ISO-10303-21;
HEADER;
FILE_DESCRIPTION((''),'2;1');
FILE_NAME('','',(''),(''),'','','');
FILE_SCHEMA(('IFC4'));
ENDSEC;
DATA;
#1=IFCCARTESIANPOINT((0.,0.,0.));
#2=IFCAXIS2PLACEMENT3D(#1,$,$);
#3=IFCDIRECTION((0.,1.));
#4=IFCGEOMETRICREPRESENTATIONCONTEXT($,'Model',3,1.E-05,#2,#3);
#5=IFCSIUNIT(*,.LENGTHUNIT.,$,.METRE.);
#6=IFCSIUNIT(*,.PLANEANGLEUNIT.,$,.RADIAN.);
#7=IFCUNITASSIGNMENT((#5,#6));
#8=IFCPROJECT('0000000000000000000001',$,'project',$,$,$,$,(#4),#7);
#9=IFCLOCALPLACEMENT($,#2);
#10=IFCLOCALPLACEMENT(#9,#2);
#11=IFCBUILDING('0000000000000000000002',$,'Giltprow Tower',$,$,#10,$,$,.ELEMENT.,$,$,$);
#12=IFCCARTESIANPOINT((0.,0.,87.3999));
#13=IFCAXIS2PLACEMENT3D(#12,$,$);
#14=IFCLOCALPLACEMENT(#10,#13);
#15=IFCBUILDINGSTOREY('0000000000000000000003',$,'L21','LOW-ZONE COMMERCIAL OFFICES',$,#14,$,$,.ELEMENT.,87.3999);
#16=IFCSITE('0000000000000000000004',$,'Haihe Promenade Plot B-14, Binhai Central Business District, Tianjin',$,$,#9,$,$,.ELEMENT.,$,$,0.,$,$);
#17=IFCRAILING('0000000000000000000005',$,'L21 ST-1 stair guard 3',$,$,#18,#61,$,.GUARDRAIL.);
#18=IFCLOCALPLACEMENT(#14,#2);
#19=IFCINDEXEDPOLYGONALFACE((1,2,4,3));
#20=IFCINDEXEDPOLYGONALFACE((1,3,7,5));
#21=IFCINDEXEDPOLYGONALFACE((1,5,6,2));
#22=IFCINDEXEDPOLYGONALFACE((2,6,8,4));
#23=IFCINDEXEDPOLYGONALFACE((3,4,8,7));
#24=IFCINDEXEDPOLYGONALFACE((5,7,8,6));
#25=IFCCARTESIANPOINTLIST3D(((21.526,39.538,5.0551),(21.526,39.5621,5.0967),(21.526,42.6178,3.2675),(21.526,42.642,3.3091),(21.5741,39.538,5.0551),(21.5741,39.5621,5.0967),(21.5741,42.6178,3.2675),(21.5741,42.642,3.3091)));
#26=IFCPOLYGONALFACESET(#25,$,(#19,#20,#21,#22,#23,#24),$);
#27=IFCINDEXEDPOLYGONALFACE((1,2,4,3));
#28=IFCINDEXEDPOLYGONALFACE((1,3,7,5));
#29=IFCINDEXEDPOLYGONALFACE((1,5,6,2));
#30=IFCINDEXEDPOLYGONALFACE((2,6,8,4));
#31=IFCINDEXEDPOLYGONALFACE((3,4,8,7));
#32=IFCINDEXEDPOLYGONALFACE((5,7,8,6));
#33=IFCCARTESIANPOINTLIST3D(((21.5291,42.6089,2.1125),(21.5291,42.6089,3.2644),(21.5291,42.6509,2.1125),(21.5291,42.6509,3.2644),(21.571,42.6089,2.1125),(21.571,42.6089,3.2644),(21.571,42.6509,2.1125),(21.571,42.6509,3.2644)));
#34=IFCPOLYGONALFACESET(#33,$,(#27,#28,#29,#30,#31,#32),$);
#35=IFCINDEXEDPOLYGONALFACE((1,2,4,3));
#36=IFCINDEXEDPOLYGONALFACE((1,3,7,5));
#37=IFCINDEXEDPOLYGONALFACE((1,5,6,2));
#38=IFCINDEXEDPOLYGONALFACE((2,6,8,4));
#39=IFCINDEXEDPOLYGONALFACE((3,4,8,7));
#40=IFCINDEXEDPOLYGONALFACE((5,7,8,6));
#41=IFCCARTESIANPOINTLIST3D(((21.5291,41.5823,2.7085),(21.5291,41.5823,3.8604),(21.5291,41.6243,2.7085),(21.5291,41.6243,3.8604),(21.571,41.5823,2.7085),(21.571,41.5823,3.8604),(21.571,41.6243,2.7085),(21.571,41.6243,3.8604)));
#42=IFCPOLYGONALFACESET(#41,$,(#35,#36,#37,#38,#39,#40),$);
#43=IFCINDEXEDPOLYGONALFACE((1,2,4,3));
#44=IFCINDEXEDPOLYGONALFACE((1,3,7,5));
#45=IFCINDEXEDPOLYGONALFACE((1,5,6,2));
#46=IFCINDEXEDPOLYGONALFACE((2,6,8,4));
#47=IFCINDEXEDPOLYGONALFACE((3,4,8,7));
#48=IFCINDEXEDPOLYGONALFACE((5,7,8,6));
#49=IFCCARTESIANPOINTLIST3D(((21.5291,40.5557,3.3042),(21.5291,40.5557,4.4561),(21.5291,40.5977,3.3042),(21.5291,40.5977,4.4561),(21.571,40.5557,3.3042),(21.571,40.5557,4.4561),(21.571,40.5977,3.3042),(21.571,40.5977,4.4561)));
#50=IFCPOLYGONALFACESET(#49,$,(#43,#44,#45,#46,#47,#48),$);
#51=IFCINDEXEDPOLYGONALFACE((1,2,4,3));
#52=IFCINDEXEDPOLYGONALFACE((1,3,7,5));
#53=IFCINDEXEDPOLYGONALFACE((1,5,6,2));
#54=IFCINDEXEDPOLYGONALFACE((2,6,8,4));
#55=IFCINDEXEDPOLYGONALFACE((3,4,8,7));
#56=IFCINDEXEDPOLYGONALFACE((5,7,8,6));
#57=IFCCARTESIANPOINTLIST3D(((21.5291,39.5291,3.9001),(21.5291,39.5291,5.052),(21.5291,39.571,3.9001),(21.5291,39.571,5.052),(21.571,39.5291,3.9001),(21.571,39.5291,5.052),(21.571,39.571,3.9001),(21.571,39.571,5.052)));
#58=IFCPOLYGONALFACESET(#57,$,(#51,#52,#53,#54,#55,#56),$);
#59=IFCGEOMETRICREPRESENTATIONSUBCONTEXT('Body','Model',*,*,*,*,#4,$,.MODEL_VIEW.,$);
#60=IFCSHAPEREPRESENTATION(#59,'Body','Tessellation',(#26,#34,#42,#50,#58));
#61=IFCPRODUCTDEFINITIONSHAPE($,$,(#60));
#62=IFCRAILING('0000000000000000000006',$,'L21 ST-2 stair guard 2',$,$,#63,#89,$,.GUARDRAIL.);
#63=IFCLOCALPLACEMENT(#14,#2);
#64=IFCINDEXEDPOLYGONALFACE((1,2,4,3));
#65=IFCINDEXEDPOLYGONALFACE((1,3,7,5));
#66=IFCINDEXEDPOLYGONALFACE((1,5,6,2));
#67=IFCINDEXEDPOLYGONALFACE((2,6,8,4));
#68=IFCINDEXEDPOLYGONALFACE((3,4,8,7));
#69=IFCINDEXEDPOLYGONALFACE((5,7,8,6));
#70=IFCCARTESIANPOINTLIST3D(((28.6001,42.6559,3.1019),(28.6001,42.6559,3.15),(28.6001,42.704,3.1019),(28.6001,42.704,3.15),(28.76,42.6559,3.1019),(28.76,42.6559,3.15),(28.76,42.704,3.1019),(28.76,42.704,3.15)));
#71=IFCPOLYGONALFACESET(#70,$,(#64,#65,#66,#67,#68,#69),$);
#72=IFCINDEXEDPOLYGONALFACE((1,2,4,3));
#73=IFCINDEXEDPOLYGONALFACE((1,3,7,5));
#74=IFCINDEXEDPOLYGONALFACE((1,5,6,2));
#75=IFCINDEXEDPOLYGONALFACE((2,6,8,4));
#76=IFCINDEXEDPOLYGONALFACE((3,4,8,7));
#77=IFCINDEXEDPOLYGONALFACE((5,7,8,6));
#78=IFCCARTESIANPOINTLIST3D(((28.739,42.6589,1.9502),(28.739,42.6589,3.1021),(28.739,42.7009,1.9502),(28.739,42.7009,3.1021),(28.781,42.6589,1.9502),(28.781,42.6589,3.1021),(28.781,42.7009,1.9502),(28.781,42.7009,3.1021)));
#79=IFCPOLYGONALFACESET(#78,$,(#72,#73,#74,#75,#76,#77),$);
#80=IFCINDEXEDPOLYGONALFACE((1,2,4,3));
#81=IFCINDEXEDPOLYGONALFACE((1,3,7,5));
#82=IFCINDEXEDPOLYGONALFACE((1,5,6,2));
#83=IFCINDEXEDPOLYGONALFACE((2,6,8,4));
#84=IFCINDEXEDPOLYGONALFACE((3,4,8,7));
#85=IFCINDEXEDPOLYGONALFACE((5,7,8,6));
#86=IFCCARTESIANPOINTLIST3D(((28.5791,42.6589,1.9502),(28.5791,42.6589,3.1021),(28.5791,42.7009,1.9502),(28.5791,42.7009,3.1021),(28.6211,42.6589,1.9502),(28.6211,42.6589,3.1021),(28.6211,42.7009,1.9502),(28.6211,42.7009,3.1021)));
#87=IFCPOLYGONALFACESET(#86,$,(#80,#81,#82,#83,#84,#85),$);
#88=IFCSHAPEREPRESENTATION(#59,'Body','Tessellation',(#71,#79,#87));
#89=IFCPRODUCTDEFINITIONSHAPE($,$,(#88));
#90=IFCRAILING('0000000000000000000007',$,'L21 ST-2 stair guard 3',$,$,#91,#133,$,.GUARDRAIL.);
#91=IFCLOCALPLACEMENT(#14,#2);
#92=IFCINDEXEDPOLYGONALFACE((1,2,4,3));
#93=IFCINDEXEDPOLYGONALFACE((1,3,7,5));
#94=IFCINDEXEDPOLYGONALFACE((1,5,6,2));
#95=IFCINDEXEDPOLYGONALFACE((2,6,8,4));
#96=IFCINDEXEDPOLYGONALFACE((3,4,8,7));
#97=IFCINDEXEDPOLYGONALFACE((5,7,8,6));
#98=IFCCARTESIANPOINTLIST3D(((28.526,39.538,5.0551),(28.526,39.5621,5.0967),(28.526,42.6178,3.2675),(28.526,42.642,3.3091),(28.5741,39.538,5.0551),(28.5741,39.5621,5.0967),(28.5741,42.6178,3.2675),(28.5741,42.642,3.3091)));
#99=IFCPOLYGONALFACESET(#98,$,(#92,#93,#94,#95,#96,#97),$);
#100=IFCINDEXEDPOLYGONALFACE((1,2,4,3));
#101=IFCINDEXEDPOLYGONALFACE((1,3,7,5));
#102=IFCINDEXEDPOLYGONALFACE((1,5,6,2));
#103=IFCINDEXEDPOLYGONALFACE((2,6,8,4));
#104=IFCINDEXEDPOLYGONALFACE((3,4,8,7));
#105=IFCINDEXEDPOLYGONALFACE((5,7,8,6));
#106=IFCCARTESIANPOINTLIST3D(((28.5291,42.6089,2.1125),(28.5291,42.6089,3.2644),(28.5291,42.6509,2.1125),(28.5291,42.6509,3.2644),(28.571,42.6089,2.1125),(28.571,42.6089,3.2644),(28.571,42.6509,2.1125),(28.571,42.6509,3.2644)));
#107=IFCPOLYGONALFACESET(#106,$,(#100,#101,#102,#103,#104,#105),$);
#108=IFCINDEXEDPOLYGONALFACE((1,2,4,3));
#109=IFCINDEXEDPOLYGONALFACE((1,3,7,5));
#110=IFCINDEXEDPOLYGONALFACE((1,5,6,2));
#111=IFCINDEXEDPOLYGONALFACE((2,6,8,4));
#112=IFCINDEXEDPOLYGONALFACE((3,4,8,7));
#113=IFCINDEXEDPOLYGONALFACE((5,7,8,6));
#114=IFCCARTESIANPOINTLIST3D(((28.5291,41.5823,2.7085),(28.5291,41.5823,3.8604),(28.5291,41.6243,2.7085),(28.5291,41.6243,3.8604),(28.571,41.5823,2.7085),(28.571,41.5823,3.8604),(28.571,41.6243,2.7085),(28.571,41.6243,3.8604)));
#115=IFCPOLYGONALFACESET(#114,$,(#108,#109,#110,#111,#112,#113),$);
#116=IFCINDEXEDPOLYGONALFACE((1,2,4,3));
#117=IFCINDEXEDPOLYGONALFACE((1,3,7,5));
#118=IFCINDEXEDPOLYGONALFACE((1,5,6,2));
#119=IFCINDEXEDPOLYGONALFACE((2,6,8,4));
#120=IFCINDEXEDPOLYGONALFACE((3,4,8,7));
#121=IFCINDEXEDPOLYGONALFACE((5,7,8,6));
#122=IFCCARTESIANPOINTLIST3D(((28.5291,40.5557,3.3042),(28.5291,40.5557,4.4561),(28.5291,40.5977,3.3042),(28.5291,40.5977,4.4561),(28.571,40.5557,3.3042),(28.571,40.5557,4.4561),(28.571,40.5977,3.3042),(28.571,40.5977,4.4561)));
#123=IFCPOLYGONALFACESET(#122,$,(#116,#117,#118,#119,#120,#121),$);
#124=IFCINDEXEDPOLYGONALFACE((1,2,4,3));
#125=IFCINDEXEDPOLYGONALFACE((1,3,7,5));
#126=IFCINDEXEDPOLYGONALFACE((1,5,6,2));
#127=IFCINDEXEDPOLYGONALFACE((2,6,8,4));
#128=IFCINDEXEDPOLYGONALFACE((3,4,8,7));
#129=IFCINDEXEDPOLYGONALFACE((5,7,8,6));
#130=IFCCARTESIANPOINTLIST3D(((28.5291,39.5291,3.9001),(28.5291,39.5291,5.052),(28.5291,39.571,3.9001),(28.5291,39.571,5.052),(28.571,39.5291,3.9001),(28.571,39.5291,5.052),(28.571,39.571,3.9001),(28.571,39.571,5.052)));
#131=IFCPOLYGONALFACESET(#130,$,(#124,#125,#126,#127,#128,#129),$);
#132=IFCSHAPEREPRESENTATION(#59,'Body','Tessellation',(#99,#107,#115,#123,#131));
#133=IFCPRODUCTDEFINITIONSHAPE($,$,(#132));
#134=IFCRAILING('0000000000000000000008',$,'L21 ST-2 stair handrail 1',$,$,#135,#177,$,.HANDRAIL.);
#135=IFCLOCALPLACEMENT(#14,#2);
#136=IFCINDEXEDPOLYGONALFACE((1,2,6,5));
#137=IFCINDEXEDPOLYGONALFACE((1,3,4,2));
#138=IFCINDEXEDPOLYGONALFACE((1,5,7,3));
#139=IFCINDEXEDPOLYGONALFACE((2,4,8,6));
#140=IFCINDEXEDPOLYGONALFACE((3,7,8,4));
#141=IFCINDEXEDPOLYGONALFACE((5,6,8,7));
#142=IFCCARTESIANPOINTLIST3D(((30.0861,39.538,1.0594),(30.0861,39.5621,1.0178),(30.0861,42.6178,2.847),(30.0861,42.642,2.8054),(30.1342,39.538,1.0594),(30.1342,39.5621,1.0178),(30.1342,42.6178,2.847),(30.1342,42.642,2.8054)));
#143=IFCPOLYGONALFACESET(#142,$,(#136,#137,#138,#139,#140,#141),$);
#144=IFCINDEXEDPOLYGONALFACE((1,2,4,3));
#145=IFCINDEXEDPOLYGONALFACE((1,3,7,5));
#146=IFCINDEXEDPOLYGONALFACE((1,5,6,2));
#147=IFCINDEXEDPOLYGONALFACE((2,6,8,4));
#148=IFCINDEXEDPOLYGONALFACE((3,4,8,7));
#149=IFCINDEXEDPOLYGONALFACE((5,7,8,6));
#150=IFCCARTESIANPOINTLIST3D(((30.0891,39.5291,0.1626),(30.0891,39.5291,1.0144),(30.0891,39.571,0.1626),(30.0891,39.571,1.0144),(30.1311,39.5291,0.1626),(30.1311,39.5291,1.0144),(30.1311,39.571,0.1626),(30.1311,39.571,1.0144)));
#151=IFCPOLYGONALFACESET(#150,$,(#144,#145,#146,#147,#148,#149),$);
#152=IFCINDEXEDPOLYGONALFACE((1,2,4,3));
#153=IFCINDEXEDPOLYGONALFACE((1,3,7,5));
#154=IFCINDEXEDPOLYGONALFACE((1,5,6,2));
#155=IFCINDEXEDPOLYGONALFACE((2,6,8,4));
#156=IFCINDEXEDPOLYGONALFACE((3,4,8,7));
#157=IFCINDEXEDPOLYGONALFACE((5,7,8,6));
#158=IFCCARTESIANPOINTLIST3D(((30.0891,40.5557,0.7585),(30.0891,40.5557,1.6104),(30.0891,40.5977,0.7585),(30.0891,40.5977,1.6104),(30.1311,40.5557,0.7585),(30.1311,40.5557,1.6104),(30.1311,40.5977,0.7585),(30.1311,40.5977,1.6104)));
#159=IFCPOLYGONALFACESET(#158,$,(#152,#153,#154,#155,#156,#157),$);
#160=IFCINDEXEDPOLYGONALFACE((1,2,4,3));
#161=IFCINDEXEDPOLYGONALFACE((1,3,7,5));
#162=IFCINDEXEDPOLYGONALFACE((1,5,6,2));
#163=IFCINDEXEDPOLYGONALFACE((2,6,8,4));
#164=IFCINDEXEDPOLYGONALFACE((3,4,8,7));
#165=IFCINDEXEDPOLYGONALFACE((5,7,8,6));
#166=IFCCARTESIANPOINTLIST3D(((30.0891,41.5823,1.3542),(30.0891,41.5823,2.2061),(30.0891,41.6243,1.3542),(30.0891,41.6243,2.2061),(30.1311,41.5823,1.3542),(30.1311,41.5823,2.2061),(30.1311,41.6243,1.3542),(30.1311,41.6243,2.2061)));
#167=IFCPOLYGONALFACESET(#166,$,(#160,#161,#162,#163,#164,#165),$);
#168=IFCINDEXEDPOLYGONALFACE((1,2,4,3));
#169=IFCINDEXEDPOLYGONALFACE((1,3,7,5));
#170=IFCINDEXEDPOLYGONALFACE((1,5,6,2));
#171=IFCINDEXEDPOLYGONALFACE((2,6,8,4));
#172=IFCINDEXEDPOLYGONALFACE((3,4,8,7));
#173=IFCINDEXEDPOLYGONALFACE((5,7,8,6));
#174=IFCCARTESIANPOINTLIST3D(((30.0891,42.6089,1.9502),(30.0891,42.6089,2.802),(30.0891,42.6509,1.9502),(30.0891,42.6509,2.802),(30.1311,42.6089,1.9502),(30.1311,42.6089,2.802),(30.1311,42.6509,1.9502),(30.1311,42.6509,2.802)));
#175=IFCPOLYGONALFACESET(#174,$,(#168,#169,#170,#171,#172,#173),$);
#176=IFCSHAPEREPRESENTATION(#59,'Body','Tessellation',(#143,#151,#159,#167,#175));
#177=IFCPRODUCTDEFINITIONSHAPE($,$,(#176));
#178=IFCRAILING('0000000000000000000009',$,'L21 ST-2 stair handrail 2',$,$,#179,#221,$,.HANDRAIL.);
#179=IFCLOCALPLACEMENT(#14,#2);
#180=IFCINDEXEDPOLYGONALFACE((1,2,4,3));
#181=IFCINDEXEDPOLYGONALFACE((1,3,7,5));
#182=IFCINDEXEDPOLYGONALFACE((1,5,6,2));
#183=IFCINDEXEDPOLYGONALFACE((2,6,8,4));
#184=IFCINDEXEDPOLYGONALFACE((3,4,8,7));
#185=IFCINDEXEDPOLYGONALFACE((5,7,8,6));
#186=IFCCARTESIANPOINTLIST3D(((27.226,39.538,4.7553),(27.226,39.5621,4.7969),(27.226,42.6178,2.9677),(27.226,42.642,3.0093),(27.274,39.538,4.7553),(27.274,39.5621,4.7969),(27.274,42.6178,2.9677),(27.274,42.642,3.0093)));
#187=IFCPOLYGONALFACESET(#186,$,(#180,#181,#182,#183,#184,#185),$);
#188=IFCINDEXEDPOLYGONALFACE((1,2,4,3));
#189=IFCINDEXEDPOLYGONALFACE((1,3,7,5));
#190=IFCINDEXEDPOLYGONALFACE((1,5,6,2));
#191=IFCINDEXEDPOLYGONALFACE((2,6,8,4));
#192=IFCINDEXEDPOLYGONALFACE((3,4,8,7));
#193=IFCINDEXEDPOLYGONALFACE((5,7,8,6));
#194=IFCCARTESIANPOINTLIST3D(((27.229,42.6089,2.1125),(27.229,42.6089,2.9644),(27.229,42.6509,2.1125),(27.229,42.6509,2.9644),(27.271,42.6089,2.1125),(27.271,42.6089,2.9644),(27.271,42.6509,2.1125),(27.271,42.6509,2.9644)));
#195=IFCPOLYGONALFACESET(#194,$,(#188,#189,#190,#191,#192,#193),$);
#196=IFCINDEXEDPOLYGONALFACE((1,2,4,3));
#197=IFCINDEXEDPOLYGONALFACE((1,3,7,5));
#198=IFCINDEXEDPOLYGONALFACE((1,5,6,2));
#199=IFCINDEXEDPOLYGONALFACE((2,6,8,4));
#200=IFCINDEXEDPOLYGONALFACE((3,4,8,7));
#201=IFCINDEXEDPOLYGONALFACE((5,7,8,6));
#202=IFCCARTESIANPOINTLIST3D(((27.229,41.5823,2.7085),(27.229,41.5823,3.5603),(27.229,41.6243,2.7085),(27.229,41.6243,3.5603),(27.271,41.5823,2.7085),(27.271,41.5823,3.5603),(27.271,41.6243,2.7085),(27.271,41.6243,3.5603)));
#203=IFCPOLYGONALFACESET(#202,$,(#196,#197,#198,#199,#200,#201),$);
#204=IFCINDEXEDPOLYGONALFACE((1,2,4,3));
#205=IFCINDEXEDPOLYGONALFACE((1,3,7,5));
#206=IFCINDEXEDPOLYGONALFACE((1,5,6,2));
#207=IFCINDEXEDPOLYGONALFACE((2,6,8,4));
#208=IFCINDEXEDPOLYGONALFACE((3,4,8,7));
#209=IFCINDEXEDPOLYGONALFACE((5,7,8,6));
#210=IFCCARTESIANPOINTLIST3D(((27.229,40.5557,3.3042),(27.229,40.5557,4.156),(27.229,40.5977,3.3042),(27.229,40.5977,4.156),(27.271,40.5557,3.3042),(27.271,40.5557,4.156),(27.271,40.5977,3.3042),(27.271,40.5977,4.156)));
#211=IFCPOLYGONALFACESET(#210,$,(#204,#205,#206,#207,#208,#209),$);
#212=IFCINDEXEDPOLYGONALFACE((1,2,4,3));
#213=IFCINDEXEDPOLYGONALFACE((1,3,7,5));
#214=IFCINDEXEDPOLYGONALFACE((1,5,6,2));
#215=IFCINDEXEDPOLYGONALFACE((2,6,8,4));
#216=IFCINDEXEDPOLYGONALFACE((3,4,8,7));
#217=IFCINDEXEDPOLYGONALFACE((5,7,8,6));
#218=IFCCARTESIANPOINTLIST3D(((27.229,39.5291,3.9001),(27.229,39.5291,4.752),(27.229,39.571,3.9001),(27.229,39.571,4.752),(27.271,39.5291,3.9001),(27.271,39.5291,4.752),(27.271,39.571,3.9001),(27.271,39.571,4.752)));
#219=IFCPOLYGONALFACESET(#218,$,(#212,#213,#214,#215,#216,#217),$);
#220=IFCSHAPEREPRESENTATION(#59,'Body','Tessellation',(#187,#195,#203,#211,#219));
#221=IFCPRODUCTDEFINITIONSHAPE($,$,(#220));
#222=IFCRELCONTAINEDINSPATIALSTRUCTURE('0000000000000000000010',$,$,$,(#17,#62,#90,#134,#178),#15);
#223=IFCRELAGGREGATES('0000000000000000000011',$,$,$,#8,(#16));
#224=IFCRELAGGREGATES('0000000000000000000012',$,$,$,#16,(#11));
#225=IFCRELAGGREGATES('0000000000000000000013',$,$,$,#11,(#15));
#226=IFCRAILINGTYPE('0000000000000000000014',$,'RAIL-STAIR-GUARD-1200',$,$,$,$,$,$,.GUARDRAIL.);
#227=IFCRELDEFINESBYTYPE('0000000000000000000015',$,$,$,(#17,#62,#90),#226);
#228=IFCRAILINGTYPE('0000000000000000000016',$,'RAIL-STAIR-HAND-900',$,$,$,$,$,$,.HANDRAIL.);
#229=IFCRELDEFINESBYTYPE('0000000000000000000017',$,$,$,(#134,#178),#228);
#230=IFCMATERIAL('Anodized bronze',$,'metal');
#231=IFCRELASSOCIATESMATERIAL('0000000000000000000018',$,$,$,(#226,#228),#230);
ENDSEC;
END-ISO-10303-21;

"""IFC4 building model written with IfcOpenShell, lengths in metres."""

from ifc_helpers import new_model, si_unit, direction, frame, origin, origin_2d, place, context, subcontext, project, spatial, rectangle, extrude, material, type_object, element, save


model = new_model("IFC4")

# Units and contexts
model_context = context("Model", 3, precision=1e-05, world=origin(), true_north=direction((0.0, 1.0)))
body_context = subcontext(model_context, "Body", "Model", "MODEL_VIEW")
ifc_project = project(units=[si_unit("LENGTHUNIT", "METRE"), si_unit("PLANEANGLEUNIT", "RADIAN")], contexts=[model_context])

# Site, building, storey
site_placement = place(None, origin())
site = spatial("IfcSite", under=ifc_project, at=site_placement, Name="Haihe Promenade Plot B-14, Binhai Central Business District, Tianjin", CompositionType="ELEMENT", RefElevation=0.0)
building_placement = place(site_placement, origin())
building = spatial("IfcBuilding", under=site, at=building_placement, Name="Giltprow Tower", CompositionType="ELEMENT")
storey_placement = place(building_placement, frame((0.0, 0.0, 87.3999)))
storey = spatial("IfcBuildingStorey", under=building, at=storey_placement, Name="L21", Description="LOW-ZONE COMMERCIAL OFFICES", CompositionType="ELEMENT", Elevation=87.3999)

# Railings
ifc_material_1 = material(Name="Anodized bronze", Category="metal")
railing_type_1 = type_object("IfcRailingType", Name="RAIL-STAIR-GUARD-1200", PredefinedType="GUARDRAIL", material=ifc_material_1)
railing_1_placement = place(storey_placement, frame((21.55, 42.6299, 2.1125)))
element("IfcRailing", 1, at=railing_1_placement, inside=storey, type_object=railing_type_1, Name="L21 ST-1 stair guard 3", PredefinedType="GUARDRAIL", context=body_context, shape_type="SweptSolid", body=[
    extrude(rectangle(XDim=0.0481, YDim=0.0481, at=origin_2d()), frame((0.0, 0.0, 1.1758), z_axis=(0.0, -0.864873, 0.50199), x_axis=(1.0, 0.0, 0.0)), (0.0, 0.0, 1.0), 3.561),
    extrude(rectangle(XDim=0.042, YDim=0.042, at=origin_2d()), origin(), (0.0, 0.0, 1.0), 1.1519),
    extrude(rectangle(XDim=0.042, YDim=0.042, at=origin_2d()), frame((0.0, -1.0266, 0.5959)), (0.0, 0.0, 1.0), 1.1519),
    extrude(rectangle(XDim=0.042, YDim=0.042, at=origin_2d()), frame((0.0, -2.0532, 1.1917)), (0.0, 0.0, 1.0), 1.1519),
    extrude(rectangle(XDim=0.042, YDim=0.042, at=origin_2d()), frame((0.0, -3.0798, 1.7876)), (0.0, 0.0, 1.0), 1.1519),
])
railing_2_placement = place(storey_placement, frame((28.76, 42.6799, 1.9502)))
element("IfcRailing", 2, at=railing_2_placement, inside=storey, type_object=railing_type_1, Name="L21 ST-2 stair guard 2", PredefinedType="GUARDRAIL", context=body_context, shape_type="SweptSolid", body=[
    extrude(rectangle(XDim=0.0481, YDim=0.0481, at=origin_2d()), frame((0.0, 0.0, 1.1758), z_axis=(-1.0, 0.0, 0.0), x_axis=(0.0, -1.0, 0.0)), (0.0, 0.0, 1.0), 0.1599),
    extrude(rectangle(XDim=0.042, YDim=0.042, at=origin_2d()), origin(), (0.0, 0.0, 1.0), 1.1519),
    extrude(rectangle(XDim=0.042, YDim=0.042, at=origin_2d()), frame((-0.1599, 0.0, 0.0)), (0.0, 0.0, 1.0), 1.1519),
])
railing_3_placement = place(storey_placement, frame((28.55, 42.6299, 2.1125)))
element("IfcRailing", 3, at=railing_3_placement, inside=storey, type_object=railing_type_1, Name="L21 ST-2 stair guard 3", PredefinedType="GUARDRAIL", context=body_context, shape_type="SweptSolid", body=[
    extrude(rectangle(XDim=0.0481, YDim=0.0481, at=origin_2d()), frame((0.0, 0.0, 1.1758), z_axis=(0.0, -0.864873, 0.50199), x_axis=(1.0, 0.0, 0.0)), (0.0, 0.0, 1.0), 3.561),
    extrude(rectangle(XDim=0.042, YDim=0.042, at=origin_2d()), origin(), (0.0, 0.0, 1.0), 1.1519),
    extrude(rectangle(XDim=0.042, YDim=0.042, at=origin_2d()), frame((0.0, -1.0266, 0.5959)), (0.0, 0.0, 1.0), 1.1519),
    extrude(rectangle(XDim=0.042, YDim=0.042, at=origin_2d()), frame((0.0, -2.0532, 1.1917)), (0.0, 0.0, 1.0), 1.1519),
    extrude(rectangle(XDim=0.042, YDim=0.042, at=origin_2d()), frame((0.0, -3.0798, 1.7876)), (0.0, 0.0, 1.0), 1.1519),
])
railing_type_2 = type_object("IfcRailingType", Name="RAIL-STAIR-HAND-900", PredefinedType="HANDRAIL", material=ifc_material_1)
railing_4_placement = place(storey_placement, frame((30.1101, 39.55, 0.1626)))
element("IfcRailing", 4, at=railing_4_placement, inside=storey, type_object=railing_type_2, Name="L21 ST-2 stair handrail 1", PredefinedType="HANDRAIL", context=body_context, shape_type="SweptSolid", body=[
    extrude(rectangle(XDim=0.0481, YDim=0.0481, at=origin_2d()), frame((0.0, 0.0, 0.876), z_axis=(0.0, 0.864873, 0.50199), x_axis=(-1.0, 0.0, 0.0)), (0.0, 0.0, 1.0), 3.561),
    extrude(rectangle(XDim=0.042, YDim=0.042, at=origin_2d()), origin(), (0.0, 0.0, 1.0), 0.8518),
    extrude(rectangle(XDim=0.042, YDim=0.042, at=origin_2d()), frame((0.0, 1.0266, 0.5959)), (0.0, 0.0, 1.0), 0.8518),
    extrude(rectangle(XDim=0.042, YDim=0.042, at=origin_2d()), frame((0.0, 2.0532, 1.1917)), (0.0, 0.0, 1.0), 0.8518),
    extrude(rectangle(XDim=0.042, YDim=0.042, at=origin_2d()), frame((0.0, 3.0798, 1.7876)), (0.0, 0.0, 1.0), 0.8518),
])
railing_5_placement = place(storey_placement, frame((27.25, 42.6299, 2.1125)))
element("IfcRailing", 5, at=railing_5_placement, inside=storey, type_object=railing_type_2, Name="L21 ST-2 stair handrail 2", PredefinedType="HANDRAIL", context=body_context, shape_type="SweptSolid", body=[
    extrude(rectangle(XDim=0.0481, YDim=0.0481, at=origin_2d()), frame((0.0, 0.0, 0.876), z_axis=(0.0, -0.864873, 0.50199), x_axis=(1.0, 0.0, 0.0)), (0.0, 0.0, 1.0), 3.561),
    extrude(rectangle(XDim=0.042, YDim=0.042, at=origin_2d()), origin(), (0.0, 0.0, 1.0), 0.8518),
    extrude(rectangle(XDim=0.042, YDim=0.042, at=origin_2d()), frame((0.0, -1.0266, 0.5959)), (0.0, 0.0, 1.0), 0.8518),
    extrude(rectangle(XDim=0.042, YDim=0.042, at=origin_2d()), frame((0.0, -2.0532, 1.1917)), (0.0, 0.0, 1.0), 0.8518),
    extrude(rectangle(XDim=0.042, YDim=0.042, at=origin_2d()), frame((0.0, -3.0798, 1.7876)), (0.0, 0.0, 1.0), 0.8518),
])

save(model, "model.ifc")
